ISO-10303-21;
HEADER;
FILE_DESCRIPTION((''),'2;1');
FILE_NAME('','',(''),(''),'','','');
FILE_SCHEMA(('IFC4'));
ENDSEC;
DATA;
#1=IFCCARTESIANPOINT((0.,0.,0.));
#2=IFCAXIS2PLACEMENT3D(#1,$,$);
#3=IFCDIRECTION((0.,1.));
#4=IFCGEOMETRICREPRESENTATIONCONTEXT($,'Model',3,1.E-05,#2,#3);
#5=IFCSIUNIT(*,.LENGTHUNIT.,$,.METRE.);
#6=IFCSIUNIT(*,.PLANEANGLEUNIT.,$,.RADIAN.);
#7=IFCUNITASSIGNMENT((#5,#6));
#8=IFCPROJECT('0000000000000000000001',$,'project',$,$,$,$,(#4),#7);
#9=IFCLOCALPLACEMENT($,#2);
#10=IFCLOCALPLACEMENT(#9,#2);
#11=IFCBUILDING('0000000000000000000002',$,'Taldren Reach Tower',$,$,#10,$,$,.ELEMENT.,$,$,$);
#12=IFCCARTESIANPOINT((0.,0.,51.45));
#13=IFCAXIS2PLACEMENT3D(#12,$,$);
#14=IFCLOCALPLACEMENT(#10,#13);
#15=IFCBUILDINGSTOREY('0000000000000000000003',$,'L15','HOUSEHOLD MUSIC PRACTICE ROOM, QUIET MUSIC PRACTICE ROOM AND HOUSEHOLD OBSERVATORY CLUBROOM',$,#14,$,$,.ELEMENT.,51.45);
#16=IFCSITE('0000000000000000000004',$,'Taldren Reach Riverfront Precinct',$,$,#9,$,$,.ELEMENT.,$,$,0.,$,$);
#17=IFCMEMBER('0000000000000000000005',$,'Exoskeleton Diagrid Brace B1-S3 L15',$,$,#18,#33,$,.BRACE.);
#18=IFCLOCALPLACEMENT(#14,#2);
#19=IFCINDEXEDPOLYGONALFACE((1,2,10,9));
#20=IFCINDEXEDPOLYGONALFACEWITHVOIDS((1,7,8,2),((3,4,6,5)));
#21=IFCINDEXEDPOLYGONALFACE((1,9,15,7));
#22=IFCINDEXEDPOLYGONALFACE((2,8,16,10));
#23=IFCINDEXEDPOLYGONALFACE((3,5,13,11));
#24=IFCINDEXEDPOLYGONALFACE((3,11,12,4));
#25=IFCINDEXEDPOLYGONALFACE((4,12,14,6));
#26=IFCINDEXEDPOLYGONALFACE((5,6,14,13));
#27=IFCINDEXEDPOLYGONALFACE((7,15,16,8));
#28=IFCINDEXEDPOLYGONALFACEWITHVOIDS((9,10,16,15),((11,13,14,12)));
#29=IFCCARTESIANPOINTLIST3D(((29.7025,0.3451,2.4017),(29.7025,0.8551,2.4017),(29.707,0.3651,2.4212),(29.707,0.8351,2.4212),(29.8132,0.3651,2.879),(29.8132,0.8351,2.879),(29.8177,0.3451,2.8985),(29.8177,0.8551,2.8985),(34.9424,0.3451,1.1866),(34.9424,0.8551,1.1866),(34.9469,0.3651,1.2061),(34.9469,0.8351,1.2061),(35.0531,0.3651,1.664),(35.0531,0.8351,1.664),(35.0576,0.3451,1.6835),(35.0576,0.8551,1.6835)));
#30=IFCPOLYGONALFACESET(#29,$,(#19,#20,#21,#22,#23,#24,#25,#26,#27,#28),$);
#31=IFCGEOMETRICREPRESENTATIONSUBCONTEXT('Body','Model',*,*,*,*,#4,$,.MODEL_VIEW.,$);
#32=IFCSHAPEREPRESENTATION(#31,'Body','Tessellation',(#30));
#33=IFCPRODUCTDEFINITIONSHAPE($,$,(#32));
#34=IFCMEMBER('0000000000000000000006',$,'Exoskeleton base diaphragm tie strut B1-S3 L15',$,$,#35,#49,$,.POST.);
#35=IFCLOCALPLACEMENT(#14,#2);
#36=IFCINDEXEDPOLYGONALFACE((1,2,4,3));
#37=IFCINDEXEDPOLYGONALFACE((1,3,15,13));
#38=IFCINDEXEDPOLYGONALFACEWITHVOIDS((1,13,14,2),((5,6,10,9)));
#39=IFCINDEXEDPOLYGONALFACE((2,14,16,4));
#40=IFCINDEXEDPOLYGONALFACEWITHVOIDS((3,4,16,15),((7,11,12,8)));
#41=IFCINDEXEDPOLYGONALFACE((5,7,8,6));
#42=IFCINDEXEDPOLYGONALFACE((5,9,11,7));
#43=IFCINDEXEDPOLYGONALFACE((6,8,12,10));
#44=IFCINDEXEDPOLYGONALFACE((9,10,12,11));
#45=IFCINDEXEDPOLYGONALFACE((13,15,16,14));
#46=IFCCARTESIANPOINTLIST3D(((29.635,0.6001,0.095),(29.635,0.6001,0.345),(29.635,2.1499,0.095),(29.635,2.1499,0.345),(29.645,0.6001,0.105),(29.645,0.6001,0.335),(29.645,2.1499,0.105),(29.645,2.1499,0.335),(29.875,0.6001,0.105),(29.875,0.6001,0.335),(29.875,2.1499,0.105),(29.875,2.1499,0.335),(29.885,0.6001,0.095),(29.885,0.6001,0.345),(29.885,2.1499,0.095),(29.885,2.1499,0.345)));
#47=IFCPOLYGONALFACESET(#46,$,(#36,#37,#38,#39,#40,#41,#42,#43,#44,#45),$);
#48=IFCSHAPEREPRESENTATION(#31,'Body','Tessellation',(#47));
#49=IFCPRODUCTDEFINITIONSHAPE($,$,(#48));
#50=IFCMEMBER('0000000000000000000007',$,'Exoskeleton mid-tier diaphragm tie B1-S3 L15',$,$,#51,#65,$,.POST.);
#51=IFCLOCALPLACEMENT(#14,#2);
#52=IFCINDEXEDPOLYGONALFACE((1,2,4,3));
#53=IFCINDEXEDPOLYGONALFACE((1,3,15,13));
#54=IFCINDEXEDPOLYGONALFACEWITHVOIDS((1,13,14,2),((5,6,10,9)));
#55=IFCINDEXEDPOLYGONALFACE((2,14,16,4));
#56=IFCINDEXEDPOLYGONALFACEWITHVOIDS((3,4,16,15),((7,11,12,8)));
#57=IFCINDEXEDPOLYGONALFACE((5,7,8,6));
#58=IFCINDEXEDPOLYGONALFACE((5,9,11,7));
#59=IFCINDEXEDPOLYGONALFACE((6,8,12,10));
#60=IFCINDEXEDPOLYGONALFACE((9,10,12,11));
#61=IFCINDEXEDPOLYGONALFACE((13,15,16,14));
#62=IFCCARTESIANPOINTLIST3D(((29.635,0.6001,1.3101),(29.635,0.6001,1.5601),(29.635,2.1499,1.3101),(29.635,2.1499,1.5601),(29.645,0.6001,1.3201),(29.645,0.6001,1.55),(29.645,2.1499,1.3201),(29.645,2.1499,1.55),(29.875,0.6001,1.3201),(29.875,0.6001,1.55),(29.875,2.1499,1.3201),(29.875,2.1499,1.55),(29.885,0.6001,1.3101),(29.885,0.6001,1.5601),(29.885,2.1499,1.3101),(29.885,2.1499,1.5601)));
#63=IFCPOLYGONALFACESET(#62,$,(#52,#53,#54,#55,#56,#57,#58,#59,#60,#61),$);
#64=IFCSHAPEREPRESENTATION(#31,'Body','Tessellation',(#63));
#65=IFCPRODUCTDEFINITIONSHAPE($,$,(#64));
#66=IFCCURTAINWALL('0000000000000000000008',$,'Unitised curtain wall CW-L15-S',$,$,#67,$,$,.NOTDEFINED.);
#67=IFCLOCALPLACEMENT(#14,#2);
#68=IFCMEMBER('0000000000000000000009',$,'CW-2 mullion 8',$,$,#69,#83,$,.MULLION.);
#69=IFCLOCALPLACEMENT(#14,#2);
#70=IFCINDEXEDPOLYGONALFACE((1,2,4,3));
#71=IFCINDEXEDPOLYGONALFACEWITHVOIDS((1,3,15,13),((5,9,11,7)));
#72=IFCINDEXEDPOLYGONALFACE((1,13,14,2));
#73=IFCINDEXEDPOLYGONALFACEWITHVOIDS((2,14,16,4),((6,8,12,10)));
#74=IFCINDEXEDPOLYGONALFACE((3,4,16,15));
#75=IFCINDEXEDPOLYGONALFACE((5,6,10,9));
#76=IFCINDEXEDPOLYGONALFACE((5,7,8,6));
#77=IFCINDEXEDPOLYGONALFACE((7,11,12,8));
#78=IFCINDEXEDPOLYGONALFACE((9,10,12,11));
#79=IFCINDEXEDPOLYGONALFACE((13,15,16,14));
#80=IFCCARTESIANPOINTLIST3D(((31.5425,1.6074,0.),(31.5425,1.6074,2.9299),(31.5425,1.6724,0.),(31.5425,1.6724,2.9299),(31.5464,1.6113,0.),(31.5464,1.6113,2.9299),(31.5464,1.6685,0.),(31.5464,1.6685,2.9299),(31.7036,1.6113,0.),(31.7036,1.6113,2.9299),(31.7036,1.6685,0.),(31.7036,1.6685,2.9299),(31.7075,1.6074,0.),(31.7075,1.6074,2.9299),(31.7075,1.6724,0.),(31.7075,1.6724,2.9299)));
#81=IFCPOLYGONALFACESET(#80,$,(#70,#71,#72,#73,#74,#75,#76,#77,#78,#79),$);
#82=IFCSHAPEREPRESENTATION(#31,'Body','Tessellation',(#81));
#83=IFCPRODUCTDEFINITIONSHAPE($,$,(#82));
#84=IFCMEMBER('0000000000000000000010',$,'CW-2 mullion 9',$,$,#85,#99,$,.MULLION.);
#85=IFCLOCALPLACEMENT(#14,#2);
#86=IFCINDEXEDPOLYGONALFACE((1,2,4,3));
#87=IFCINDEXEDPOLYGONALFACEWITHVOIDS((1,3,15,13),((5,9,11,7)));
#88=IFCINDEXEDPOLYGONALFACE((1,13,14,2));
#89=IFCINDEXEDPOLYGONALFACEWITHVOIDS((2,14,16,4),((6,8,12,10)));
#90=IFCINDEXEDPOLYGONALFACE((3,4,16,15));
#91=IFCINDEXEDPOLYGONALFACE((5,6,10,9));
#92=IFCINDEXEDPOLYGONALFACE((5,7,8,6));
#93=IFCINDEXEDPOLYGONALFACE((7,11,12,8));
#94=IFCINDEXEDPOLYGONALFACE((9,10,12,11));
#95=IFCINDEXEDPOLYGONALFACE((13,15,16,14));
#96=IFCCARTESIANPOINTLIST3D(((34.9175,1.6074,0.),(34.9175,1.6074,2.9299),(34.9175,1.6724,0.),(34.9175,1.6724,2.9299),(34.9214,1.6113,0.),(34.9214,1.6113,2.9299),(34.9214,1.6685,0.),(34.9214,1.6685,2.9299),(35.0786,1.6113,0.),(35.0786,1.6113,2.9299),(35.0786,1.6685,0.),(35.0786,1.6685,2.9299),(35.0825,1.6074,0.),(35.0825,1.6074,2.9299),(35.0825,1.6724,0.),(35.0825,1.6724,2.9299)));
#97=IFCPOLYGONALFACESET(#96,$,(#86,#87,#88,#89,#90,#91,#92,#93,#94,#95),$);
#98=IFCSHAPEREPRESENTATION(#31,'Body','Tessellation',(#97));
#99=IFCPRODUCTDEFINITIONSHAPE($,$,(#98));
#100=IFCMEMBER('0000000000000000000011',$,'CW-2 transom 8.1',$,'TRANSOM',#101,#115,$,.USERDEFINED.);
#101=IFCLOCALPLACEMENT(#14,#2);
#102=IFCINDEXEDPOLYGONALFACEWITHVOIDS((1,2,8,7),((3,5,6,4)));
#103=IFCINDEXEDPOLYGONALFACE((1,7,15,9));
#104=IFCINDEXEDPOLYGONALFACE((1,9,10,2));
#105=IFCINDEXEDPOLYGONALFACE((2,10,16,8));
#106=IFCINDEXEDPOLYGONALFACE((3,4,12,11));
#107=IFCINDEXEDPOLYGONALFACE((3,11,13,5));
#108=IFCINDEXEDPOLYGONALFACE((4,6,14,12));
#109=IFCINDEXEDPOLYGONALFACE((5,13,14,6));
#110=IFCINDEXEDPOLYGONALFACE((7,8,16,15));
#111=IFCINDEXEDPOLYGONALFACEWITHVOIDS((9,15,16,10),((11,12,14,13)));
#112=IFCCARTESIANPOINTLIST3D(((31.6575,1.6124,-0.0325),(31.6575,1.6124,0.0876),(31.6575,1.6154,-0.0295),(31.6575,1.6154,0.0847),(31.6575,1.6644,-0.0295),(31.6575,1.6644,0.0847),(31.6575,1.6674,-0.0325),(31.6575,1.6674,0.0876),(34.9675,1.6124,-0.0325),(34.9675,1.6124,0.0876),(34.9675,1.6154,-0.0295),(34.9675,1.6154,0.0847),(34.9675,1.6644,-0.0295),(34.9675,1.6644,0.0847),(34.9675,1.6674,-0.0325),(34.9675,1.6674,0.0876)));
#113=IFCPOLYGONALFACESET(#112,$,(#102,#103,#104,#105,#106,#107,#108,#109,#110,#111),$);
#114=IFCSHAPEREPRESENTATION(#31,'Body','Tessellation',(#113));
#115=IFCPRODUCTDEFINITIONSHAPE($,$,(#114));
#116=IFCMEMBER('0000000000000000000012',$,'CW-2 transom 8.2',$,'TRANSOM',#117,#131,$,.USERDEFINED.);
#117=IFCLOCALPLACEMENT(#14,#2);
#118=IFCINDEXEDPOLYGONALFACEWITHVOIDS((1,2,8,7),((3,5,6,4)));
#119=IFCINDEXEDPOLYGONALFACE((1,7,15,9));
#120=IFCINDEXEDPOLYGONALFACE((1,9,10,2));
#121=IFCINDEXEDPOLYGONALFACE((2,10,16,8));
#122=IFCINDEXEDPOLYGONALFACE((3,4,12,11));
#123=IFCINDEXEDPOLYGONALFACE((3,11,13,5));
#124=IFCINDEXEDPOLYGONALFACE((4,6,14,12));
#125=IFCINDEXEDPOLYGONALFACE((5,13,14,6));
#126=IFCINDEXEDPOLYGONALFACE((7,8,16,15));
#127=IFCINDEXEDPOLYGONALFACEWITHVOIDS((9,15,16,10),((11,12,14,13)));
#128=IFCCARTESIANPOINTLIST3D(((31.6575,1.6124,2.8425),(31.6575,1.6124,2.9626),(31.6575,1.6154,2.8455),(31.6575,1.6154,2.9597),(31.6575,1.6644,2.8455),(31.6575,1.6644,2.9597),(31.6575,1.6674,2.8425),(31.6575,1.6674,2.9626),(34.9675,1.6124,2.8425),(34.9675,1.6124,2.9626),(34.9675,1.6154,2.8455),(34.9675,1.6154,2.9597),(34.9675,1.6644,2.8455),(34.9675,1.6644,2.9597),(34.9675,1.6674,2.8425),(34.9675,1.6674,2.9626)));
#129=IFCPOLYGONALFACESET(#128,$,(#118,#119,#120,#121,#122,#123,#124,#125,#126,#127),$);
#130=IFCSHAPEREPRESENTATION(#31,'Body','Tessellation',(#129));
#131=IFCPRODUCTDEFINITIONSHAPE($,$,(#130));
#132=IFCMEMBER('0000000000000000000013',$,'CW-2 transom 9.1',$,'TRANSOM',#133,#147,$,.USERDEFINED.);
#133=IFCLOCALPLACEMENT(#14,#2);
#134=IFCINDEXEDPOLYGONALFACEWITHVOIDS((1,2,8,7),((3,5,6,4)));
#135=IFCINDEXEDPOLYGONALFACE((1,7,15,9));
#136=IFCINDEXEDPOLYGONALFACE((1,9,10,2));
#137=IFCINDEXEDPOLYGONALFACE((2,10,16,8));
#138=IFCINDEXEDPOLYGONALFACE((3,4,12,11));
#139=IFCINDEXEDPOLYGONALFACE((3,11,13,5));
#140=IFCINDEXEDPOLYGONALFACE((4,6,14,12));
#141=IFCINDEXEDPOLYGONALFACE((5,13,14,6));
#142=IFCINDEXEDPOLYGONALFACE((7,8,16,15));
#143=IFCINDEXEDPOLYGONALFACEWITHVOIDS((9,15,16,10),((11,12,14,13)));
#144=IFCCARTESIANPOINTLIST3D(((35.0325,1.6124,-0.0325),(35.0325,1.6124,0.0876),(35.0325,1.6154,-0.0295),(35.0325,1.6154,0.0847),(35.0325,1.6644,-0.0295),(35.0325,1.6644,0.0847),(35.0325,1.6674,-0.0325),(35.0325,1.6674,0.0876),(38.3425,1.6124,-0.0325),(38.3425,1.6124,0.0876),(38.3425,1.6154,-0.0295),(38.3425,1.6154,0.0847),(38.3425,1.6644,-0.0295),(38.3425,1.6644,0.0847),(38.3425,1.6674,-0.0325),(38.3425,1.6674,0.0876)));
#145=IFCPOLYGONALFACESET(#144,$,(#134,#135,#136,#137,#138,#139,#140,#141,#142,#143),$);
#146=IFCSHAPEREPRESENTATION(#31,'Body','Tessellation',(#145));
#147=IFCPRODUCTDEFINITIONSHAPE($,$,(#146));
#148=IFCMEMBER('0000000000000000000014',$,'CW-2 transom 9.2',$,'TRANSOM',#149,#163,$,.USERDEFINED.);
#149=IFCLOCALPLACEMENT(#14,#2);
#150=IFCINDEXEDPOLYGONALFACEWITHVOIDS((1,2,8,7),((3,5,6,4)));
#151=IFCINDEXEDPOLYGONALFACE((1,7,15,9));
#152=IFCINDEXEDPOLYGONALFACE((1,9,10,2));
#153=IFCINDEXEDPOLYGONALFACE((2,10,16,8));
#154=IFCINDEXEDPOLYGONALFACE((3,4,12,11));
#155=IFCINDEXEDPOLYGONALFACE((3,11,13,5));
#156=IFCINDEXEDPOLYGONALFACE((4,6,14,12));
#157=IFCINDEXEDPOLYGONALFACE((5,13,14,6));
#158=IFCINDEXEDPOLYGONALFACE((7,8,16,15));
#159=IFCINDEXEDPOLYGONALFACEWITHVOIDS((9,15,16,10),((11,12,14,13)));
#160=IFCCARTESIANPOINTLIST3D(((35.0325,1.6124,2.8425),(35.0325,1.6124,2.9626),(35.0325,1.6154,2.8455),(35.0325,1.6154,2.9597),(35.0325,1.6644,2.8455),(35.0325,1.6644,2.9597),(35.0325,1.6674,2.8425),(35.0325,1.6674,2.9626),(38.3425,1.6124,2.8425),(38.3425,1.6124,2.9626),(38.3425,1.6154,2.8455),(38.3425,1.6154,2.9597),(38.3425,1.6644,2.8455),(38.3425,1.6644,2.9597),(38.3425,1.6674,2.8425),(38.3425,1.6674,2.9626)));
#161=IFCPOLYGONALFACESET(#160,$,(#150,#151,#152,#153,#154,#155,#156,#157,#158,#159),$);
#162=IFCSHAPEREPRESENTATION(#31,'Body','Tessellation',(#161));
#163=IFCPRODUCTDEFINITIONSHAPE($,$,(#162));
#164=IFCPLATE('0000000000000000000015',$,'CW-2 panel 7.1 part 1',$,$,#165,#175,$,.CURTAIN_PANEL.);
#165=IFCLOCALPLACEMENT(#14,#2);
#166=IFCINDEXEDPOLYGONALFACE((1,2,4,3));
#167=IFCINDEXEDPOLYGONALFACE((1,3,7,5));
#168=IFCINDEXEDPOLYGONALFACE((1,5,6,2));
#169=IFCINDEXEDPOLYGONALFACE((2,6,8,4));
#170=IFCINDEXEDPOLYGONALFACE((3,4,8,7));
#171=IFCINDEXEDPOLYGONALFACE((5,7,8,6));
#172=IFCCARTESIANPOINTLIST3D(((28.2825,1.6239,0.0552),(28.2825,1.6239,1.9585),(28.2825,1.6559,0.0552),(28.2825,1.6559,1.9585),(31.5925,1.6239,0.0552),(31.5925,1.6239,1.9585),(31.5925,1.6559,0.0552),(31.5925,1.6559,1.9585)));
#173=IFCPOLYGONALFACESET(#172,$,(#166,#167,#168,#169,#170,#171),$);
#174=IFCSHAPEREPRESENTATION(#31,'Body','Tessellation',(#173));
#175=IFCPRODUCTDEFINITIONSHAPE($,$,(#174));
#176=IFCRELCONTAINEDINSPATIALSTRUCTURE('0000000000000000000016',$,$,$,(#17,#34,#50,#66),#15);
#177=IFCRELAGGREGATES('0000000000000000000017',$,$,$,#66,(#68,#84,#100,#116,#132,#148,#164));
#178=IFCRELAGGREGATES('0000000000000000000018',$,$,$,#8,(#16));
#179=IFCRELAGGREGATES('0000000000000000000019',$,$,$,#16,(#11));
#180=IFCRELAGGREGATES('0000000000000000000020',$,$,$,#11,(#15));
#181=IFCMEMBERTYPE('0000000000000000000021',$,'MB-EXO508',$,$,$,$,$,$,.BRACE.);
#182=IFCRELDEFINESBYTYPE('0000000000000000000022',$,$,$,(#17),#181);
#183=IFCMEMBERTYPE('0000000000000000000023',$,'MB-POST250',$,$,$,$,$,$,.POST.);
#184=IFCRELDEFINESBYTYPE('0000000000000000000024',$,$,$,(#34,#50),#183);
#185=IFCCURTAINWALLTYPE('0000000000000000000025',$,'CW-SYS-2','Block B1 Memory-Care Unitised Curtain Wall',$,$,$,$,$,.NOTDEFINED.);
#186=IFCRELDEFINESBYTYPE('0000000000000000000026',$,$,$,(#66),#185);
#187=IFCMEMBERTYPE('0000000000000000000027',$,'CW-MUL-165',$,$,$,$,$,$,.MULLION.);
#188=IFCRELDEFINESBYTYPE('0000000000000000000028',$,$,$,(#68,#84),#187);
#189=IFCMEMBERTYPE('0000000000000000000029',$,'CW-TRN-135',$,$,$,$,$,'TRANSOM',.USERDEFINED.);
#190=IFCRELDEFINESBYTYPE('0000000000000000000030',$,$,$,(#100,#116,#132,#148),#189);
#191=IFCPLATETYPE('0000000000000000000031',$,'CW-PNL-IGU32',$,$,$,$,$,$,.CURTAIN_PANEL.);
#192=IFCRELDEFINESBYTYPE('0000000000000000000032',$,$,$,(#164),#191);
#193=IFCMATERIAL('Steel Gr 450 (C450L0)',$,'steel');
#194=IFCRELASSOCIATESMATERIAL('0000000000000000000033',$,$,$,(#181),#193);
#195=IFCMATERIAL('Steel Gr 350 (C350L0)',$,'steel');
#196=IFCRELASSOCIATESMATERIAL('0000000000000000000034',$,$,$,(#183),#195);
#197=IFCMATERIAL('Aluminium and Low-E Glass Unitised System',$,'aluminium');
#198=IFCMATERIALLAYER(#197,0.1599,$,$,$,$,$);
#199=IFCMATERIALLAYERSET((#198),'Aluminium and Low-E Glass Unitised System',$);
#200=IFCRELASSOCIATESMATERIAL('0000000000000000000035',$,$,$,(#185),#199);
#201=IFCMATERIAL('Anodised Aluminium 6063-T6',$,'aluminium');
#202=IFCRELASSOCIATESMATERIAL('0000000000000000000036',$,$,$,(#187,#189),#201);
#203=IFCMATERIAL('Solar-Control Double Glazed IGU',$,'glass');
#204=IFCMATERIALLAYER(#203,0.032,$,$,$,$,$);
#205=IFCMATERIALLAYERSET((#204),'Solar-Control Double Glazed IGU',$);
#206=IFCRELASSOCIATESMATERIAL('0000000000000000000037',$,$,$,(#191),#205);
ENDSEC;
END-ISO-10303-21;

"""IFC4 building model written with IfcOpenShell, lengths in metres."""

from ifc_helpers import new_model, si_unit, direction, frame, origin, origin_2d, place, context, subcontext, project, spatial, rectangle, hollow_rectangle, extrude, source, transform, mapped, material, layer, layer_set, material_profile, profile_set, type_object, element, aggregate, save


model = new_model("IFC4")

# Units and contexts
model_context = context("Model", 3, precision=1e-05, world=origin(), true_north=direction((0.0, 1.0)))
body_context = subcontext(model_context, "Body", "Model", "MODEL_VIEW")
ifc_project = project(units=[si_unit("LENGTHUNIT", "METRE"), si_unit("PLANEANGLEUNIT", "RADIAN")], contexts=[model_context])

# Site, building, storey
site_placement = place(None, origin())
site = spatial("IfcSite", under=ifc_project, at=site_placement, Name="Taldren Reach Riverfront Precinct", CompositionType="ELEMENT", RefElevation=0.0)
building_placement = place(site_placement, origin())
building = spatial("IfcBuilding", under=site, at=building_placement, Name="Taldren Reach Tower", CompositionType="ELEMENT")
storey_placement = place(building_placement, frame((0.0, 0.0, 51.45)))
storey = spatial("IfcBuildingStorey", under=building, at=storey_placement, Name="L15", Description="HOUSEHOLD MUSIC PRACTICE ROOM, QUIET MUSIC PRACTICE ROOM AND HOUSEHOLD OBSERVATORY CLUBROOM", CompositionType="ELEMENT", Elevation=51.45)

# Members
ifc_material_1 = material(Name="Steel Gr 450 (C450L0)", Category="steel")
ifc_material_profile_1 = material_profile(ifc_material_1, hollow_rectangle(XDim=0.51, YDim=0.51, WallThickness=0.02, at=origin_2d()), Name="510x510x20.0SHS")
ifc_profile_set_1 = profile_set([ifc_material_profile_1], Name="Steel Gr 450 (C450L0)")
member_type_1 = type_object("IfcMemberType", Name="MB-EXO508", PredefinedType="BRACE", material=ifc_profile_set_1)
shared_shape_1 = source(origin(), body_context, "Body", "SweptSolid", [
    extrude(hollow_rectangle(XDim=0.51, YDim=0.51, WallThickness=0.02, at=origin_2d()), origin(), (0.0, 0.0, 1.0), 5.3789),
])
member_1_placement = place(storey_placement, frame((35.0, 0.6001, 1.4351), z_axis=(-0.974152, 0.0, 0.225894), x_axis=(0.0, -1.0, 0.0)))
element("IfcMember", 1, at=member_1_placement, inside=storey, type_object=member_type_1, Name="Exoskeleton Diagrid Brace B1-S3 L15", PredefinedType="BRACE", context=body_context, shape_type="MappedRepresentation", body=[
    mapped(shared_shape_1, transform((0.0, 0.0, 0.0), scale=1.0)),
])
ifc_material_2 = material(Name="Steel Gr 350 (C350L0)", Category="steel")
ifc_material_profile_2 = material_profile(ifc_material_2, hollow_rectangle(XDim=0.25, YDim=0.25, WallThickness=0.01, at=origin_2d()), Name="250x250x10.0SHS")
ifc_profile_set_2 = profile_set([ifc_material_profile_2], Name="Steel Gr 350 (C350L0)")
member_type_2 = type_object("IfcMemberType", Name="MB-POST250", PredefinedType="POST", material=ifc_profile_set_2)
shared_shape_2 = source(origin(), body_context, "Body", "SweptSolid", [
    extrude(hollow_rectangle(XDim=0.25, YDim=0.25, WallThickness=0.01, at=origin_2d()), origin(), (0.0, 0.0, 1.0), 1.5498),
])
for number, where, z_axis, x_axis, name in (
    (2, (29.76, 2.1499, 0.22), (0.0, -1.0, 0.0), (1.0, 0.0, 0.0), "Exoskeleton base diaphragm tie strut B1-S3 L15"),
    (3, (29.76, 2.1499, 1.4351), (0.0, -1.0, 0.0), (1.0, 0.0, 0.0), "Exoskeleton mid-tier diaphragm tie B1-S3 L15"),
):
    element("IfcMember", number, at=place(storey_placement, frame(where, z_axis=z_axis, x_axis=x_axis)), inside=storey, type_object=member_type_2, Name=name, PredefinedType="POST", context=body_context, shape_type="MappedRepresentation", body=[
        mapped(shared_shape_2, transform((0.0, 0.0, 0.0), scale=1.0)),
    ])

# Curtain wall, members, plate
ifc_material_3 = material(Name="Aluminium and Low-E Glass Unitised System", Category="aluminium")
ifc_layer_1 = layer(ifc_material_3, 0.1599)
ifc_layer_set_1 = layer_set([ifc_layer_1], Name="Aluminium and Low-E Glass Unitised System")
curtain_wall_type = type_object("IfcCurtainWallType", Name="CW-SYS-2", Description="Block B1 Memory-Care Unitised Curtain Wall", PredefinedType="NOTDEFINED", material=ifc_layer_set_1)
curtain_wall_placement = place(storey_placement, origin())
curtain_wall = element("IfcCurtainWall", 4, at=curtain_wall_placement, inside=storey, type_object=curtain_wall_type, Name="Unitised curtain wall CW-L15-S", PredefinedType="NOTDEFINED")
ifc_material_4 = material(Name="Anodised Aluminium 6063-T6", Category="aluminium")
ifc_material_profile_3 = material_profile(ifc_material_4, hollow_rectangle(XDim=0.0649, YDim=0.165, WallThickness=0.0039, at=origin_2d()), Name="ALU-165x65x4RHS")
ifc_profile_set_3 = profile_set([ifc_material_profile_3], Name="Anodised Aluminium 6063-T6")
member_type_3 = type_object("IfcMemberType", Name="CW-MUL-165", PredefinedType="MULLION", material=ifc_profile_set_3)
shared_shape_3 = source(origin(), body_context, "Body", "SweptSolid", [
    extrude(hollow_rectangle(XDim=0.0649, YDim=0.165, WallThickness=0.0039, at=origin_2d()), origin(), (0.0, 0.0, 1.0), 2.9299),
])
member_2_placement = place(storey_placement, frame((31.625, 1.6399, 0.0), z_axis=(0.0, 0.0, 1.0), x_axis=(0.0, 1.0, 0.0)))
member_2 = element("IfcMember", 5, at=member_2_placement, type_object=member_type_3, Name="CW-2 mullion 8", PredefinedType="MULLION", context=body_context, shape_type="MappedRepresentation", body=[
    mapped(shared_shape_3, transform((0.0, 0.0, 0.0), scale=1.0)),
])
member_3_placement = place(storey_placement, frame((35.0, 1.6399, 0.0), z_axis=(0.0, 0.0, 1.0), x_axis=(0.0, 1.0, 0.0)))
member_3 = element("IfcMember", 6, at=member_3_placement, type_object=member_type_3, Name="CW-2 mullion 9", PredefinedType="MULLION", context=body_context, shape_type="MappedRepresentation", body=[
    mapped(shared_shape_3, transform((0.0, 0.0, 0.0), scale=1.0)),
])
ifc_material_profile_4 = material_profile(ifc_material_4, hollow_rectangle(XDim=0.0549, YDim=0.1201, WallThickness=0.0029, at=origin_2d()), Name="ALU-120x55x3RHS")
ifc_profile_set_4 = profile_set([ifc_material_profile_4], Name="Anodised Aluminium 6063-T6")
member_type_4 = type_object("IfcMemberType", Name="CW-TRN-135", ElementType="TRANSOM", PredefinedType="USERDEFINED", material=ifc_profile_set_4)
shared_shape_4 = source(origin(), body_context, "Body", "SweptSolid", [
    extrude(hollow_rectangle(XDim=0.0549, YDim=0.1201, WallThickness=0.0029, at=origin_2d()), origin(), (0.0, 0.0, 1.0), 3.3101),
])
member_4_placement = place(storey_placement, frame((31.6575, 1.6399, 0.0276), z_axis=(1.0, 0.0, 0.0), x_axis=(0.0, 1.0, 0.0)))
member_4 = element("IfcMember", 7, at=member_4_placement, type_object=member_type_4, Name="CW-2 transom 8.1", ObjectType="TRANSOM", PredefinedType="USERDEFINED", context=body_context, shape_type="MappedRepresentation", body=[
    mapped(shared_shape_4, transform((0.0, 0.0, 0.0), scale=1.0)),
])
member_5_placement = place(storey_placement, frame((31.6575, 1.6399, 2.9026), z_axis=(1.0, 0.0, 0.0), x_axis=(0.0, 1.0, 0.0)))
member_5 = element("IfcMember", 8, at=member_5_placement, type_object=member_type_4, Name="CW-2 transom 8.2", ObjectType="TRANSOM", PredefinedType="USERDEFINED", context=body_context, shape_type="MappedRepresentation", body=[
    mapped(shared_shape_4, transform((0.0, 0.0, 0.0), scale=1.0)),
])
member_6_placement = place(storey_placement, frame((35.0325, 1.6399, 0.0276), z_axis=(1.0, 0.0, 0.0), x_axis=(0.0, 1.0, 0.0)))
member_6 = element("IfcMember", 9, at=member_6_placement, type_object=member_type_4, Name="CW-2 transom 9.1", ObjectType="TRANSOM", PredefinedType="USERDEFINED", context=body_context, shape_type="MappedRepresentation", body=[
    mapped(shared_shape_4, transform((0.0, 0.0, 0.0), scale=1.0)),
])
member_7_placement = place(storey_placement, frame((35.0325, 1.6399, 2.9026), z_axis=(1.0, 0.0, 0.0), x_axis=(0.0, 1.0, 0.0)))
member_7 = element("IfcMember", 10, at=member_7_placement, type_object=member_type_4, Name="CW-2 transom 9.2", ObjectType="TRANSOM", PredefinedType="USERDEFINED", context=body_context, shape_type="MappedRepresentation", body=[
    mapped(shared_shape_4, transform((0.0, 0.0, 0.0), scale=1.0)),
])
ifc_material_5 = material(Name="Solar-Control Double Glazed IGU", Category="glass")
ifc_layer_2 = layer(ifc_material_5, 0.032)
ifc_layer_set_2 = layer_set([ifc_layer_2], Name="Solar-Control Double Glazed IGU")
plate_type = type_object("IfcPlateType", Name="CW-PNL-IGU32", PredefinedType="CURTAIN_PANEL", material=ifc_layer_set_2)
shared_shape_5 = source(origin(), body_context, "Body", "SweptSolid", [
    extrude(rectangle(XDim=3.3101, YDim=0.032, at=origin_2d()), origin(), (0.0, 0.0, 1.0), 1.9033),
])
plate_1_placement = place(storey_placement, frame((29.9375, 1.6399, 0.0552), z_axis=(0.0, 0.0, 1.0), x_axis=(1.0, 0.0, 0.0)))
plate_1 = element("IfcPlate", 11, at=plate_1_placement, type_object=plate_type, Name="CW-2 panel 7.1 part 1", PredefinedType="CURTAIN_PANEL", context=body_context, shape_type="MappedRepresentation", body=[
    mapped(shared_shape_5, transform((0.0, 0.0, 0.0), scale=1.0)),
])
aggregate(curtain_wall, [member_2, member_3, member_4, member_5, member_6, member_7, plate_1])

save(model, "model.ifc")
